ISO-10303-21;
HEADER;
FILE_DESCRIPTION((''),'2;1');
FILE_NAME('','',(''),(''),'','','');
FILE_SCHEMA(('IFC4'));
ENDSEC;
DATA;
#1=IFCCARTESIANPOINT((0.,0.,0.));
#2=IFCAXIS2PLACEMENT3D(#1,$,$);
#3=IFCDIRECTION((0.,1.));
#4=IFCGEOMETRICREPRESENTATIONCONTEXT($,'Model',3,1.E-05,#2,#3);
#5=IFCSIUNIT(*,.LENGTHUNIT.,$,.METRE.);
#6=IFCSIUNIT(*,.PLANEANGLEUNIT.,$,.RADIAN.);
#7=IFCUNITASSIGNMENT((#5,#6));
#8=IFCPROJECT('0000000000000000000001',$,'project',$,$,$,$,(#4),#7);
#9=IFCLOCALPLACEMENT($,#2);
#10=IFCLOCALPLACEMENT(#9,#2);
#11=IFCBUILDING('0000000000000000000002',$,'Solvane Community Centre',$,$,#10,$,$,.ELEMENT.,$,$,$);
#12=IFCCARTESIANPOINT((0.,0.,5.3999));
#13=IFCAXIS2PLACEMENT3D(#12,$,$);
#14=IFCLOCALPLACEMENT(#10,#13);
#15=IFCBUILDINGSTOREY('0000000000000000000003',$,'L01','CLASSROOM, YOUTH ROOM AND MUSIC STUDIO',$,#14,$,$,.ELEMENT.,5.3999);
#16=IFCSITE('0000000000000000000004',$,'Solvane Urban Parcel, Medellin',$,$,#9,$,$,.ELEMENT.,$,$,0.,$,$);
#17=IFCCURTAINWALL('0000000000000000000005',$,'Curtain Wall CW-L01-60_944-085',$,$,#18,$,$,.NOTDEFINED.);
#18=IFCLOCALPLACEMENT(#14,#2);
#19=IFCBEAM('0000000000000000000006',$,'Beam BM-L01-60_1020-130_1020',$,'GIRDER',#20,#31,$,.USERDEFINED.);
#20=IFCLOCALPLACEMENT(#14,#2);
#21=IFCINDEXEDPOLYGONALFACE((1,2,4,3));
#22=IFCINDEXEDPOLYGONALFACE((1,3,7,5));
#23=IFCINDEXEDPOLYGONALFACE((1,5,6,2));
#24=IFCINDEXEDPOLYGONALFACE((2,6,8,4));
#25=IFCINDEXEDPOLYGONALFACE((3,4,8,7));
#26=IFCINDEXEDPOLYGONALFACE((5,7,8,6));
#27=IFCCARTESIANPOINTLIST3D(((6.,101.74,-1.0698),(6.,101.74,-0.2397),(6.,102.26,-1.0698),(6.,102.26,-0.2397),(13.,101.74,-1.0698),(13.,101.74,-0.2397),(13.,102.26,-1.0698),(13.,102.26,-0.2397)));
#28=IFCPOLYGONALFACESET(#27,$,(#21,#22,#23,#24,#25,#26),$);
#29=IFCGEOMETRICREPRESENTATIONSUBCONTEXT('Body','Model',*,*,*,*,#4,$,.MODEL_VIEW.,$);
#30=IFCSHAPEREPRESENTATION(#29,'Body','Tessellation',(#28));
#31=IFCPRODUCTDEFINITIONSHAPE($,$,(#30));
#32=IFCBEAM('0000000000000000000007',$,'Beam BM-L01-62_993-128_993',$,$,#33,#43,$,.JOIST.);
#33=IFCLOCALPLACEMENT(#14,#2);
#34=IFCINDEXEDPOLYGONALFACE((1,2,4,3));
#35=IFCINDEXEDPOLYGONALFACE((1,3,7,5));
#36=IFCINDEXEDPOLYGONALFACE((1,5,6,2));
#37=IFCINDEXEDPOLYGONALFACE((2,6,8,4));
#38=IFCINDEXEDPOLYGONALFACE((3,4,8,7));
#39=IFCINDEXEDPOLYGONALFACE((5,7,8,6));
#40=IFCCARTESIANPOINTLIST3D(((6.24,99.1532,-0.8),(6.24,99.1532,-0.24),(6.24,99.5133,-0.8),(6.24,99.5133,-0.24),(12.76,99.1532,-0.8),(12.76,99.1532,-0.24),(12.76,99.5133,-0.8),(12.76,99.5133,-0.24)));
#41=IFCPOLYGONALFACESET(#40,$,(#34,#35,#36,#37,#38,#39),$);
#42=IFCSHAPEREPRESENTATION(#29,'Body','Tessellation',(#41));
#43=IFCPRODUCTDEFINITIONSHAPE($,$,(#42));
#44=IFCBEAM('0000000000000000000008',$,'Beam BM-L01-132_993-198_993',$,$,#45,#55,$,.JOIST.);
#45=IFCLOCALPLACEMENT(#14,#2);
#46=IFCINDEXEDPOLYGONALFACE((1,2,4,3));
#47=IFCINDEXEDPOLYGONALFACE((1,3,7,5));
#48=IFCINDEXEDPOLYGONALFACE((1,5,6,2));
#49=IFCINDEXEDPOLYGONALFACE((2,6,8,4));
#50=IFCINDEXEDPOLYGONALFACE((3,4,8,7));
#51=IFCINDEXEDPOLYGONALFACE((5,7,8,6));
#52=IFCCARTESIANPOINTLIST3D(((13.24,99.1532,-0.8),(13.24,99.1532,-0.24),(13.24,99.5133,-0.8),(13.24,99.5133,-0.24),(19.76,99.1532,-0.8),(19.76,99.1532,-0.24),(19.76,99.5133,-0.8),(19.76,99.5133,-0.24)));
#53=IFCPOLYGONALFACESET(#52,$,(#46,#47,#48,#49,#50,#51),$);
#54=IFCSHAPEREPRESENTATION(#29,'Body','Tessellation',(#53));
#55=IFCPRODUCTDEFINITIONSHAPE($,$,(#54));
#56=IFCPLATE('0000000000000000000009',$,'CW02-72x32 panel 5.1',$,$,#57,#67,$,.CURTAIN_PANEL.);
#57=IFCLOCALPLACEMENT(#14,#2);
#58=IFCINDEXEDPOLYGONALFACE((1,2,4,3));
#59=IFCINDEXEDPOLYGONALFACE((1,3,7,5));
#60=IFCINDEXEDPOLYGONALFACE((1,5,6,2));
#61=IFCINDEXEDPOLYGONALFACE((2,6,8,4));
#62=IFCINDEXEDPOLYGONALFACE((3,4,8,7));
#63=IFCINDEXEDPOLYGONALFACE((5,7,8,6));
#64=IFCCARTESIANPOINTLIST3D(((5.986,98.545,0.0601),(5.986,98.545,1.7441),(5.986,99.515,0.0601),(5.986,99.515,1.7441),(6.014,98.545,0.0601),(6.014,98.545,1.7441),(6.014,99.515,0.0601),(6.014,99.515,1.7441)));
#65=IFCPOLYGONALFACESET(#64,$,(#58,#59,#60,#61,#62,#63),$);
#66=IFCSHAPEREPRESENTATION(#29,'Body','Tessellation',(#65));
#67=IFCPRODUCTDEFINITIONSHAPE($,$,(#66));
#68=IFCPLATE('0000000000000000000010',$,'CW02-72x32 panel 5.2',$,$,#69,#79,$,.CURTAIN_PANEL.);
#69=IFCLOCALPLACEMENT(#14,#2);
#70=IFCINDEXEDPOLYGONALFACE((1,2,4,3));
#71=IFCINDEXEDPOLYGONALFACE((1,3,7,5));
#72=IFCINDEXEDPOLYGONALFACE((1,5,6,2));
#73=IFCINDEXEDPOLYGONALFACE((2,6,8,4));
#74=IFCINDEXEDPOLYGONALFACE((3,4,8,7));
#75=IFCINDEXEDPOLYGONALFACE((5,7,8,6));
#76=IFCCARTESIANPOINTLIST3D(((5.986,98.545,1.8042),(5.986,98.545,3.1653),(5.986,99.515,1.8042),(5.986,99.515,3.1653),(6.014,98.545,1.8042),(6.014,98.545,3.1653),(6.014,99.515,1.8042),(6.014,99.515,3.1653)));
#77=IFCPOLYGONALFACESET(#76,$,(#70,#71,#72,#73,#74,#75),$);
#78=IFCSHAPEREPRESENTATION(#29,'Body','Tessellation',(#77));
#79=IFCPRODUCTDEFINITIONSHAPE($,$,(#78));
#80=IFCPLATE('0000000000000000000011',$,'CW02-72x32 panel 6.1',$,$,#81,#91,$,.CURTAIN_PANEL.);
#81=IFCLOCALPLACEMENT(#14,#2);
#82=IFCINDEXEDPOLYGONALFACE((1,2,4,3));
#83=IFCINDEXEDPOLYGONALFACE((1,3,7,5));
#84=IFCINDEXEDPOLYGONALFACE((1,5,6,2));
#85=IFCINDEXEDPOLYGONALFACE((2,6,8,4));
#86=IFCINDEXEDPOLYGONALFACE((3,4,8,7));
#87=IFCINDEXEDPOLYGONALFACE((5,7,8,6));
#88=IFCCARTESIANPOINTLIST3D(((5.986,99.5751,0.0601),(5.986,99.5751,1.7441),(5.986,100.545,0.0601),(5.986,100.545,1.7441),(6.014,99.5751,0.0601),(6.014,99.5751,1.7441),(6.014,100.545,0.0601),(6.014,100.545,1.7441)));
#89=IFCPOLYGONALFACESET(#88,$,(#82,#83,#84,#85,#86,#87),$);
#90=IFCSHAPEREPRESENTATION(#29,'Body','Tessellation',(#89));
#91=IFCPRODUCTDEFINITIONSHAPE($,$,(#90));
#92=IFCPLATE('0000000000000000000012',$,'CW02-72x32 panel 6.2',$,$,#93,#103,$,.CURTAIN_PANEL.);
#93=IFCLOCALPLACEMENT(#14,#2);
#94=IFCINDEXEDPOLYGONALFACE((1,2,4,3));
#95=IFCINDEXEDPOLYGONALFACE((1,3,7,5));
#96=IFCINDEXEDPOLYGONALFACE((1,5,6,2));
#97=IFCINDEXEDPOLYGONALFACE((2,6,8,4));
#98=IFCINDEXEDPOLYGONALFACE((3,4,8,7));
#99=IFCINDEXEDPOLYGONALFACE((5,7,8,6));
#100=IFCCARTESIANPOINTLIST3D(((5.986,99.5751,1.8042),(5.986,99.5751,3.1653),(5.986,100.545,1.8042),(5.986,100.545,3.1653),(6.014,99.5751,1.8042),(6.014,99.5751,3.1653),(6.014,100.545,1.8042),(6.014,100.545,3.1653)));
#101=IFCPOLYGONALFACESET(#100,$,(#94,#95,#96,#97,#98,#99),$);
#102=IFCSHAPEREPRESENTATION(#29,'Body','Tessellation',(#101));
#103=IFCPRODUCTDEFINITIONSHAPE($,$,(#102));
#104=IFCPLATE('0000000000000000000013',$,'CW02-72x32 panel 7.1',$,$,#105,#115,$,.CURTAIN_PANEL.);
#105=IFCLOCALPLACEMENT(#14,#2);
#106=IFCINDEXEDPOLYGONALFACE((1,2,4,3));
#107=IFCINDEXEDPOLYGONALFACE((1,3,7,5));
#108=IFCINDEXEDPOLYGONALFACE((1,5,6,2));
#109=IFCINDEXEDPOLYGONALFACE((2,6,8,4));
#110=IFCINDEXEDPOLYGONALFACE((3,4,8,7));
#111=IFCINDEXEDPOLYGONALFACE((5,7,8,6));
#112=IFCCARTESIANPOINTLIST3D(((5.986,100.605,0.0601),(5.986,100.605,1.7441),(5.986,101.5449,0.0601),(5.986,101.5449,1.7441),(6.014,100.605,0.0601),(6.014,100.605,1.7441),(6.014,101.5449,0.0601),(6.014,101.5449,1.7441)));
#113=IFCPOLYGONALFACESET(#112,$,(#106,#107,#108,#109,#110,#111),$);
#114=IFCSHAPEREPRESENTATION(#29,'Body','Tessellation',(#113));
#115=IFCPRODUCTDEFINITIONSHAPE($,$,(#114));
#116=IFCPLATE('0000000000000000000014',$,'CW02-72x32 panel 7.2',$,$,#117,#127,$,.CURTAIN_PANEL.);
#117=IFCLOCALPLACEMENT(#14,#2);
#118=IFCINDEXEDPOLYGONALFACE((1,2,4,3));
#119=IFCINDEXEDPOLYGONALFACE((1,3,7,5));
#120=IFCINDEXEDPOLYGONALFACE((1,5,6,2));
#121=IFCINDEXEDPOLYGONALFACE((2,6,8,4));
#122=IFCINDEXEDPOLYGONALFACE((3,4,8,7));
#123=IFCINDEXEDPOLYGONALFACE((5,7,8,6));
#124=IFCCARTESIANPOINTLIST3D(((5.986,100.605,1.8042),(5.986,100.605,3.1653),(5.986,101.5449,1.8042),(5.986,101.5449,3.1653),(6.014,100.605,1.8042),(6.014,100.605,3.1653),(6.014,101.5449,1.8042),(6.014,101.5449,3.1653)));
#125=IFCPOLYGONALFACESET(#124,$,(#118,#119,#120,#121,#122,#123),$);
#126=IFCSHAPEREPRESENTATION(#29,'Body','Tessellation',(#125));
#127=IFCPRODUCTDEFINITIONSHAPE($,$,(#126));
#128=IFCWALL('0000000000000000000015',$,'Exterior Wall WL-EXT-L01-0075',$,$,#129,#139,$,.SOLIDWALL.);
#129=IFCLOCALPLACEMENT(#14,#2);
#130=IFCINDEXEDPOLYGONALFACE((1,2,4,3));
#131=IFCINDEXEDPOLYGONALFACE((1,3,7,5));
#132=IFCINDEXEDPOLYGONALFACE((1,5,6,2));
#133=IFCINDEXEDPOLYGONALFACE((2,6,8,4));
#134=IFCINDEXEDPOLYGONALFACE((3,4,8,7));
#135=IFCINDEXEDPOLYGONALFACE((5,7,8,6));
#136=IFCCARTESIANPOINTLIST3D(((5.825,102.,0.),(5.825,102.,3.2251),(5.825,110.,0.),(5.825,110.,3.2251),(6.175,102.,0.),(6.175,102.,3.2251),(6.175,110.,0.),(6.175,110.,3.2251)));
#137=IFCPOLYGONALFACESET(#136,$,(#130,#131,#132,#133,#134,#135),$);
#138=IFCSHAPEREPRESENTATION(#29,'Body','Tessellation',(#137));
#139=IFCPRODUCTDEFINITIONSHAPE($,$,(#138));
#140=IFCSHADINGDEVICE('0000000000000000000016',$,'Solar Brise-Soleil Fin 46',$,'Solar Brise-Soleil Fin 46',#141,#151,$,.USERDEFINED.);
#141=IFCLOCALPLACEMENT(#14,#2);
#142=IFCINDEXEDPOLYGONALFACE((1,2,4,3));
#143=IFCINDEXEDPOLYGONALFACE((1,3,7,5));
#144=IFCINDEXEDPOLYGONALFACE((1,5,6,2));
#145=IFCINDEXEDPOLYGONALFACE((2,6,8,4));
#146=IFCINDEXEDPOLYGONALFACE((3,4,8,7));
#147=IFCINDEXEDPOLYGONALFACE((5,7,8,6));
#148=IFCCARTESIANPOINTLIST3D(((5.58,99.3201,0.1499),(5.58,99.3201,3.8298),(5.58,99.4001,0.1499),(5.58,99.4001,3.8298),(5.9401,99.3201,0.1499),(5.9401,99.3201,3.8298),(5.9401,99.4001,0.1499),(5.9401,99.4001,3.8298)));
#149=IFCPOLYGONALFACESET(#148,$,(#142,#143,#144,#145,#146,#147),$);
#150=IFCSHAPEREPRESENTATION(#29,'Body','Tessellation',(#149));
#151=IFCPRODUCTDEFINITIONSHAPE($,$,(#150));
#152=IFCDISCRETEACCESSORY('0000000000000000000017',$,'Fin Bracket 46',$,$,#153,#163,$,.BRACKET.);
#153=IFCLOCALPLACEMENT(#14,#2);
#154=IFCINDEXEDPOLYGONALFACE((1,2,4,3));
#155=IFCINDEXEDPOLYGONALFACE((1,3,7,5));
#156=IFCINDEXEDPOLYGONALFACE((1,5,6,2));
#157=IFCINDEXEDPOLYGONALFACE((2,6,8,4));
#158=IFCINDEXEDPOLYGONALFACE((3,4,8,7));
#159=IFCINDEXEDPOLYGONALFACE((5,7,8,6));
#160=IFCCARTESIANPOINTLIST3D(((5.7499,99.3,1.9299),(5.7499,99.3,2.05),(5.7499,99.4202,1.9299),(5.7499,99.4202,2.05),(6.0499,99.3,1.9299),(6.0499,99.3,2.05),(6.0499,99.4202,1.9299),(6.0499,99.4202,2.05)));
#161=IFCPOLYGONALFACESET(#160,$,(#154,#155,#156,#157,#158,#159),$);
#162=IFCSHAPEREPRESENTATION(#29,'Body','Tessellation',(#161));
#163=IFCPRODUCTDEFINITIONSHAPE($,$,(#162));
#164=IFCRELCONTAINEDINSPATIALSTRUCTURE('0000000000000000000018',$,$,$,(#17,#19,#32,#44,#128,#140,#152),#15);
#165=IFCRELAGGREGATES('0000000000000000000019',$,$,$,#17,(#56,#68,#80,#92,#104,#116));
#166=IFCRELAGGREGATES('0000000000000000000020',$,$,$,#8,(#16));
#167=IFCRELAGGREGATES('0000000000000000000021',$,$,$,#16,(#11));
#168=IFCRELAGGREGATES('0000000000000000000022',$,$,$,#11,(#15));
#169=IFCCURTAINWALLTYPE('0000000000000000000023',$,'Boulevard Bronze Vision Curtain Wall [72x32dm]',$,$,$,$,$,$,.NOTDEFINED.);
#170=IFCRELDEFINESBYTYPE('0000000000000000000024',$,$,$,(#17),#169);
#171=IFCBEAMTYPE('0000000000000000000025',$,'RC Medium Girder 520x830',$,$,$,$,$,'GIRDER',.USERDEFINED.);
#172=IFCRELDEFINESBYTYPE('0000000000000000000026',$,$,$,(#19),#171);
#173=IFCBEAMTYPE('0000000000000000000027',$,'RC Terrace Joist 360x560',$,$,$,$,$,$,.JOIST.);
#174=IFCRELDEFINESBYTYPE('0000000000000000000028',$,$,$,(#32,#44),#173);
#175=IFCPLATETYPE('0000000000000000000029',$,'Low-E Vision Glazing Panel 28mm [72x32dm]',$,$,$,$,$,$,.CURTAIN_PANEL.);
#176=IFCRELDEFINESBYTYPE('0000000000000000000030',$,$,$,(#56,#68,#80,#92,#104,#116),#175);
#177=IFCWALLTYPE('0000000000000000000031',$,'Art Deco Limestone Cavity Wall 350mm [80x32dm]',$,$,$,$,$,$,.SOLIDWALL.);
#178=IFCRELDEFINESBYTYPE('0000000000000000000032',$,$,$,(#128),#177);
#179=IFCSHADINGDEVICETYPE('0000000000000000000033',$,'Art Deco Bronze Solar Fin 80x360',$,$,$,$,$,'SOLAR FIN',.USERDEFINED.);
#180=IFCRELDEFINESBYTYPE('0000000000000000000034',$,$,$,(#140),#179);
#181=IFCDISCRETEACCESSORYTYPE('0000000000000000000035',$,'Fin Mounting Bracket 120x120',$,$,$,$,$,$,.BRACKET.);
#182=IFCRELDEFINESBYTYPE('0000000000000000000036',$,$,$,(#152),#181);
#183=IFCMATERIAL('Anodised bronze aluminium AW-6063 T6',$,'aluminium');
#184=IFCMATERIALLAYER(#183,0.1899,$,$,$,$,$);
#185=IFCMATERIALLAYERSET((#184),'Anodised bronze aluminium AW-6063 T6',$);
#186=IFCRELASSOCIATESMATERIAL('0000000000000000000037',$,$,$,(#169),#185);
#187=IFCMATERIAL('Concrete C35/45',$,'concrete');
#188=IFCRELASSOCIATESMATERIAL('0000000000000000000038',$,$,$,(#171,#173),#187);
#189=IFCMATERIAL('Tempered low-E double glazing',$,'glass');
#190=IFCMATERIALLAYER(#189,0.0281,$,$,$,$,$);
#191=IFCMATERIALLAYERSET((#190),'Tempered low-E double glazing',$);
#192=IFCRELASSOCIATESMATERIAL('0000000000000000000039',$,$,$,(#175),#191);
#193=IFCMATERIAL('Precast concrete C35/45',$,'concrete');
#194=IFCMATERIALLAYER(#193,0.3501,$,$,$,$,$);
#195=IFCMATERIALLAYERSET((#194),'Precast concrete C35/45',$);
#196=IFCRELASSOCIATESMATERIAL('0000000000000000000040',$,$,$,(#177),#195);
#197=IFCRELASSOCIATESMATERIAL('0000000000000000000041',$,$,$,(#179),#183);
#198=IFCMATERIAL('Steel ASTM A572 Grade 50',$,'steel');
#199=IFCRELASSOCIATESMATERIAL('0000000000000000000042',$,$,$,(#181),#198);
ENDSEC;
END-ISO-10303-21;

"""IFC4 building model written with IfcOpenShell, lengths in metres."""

from ifc_helpers import new_model, si_unit, direction, frame, frame_2d, origin, origin_2d, place, context, subcontext, project, spatial, rectangle, extrude, material, layer, layer_set, material_profile, profile_set, type_object, element, aggregate, save


model = new_model("IFC4")

# Units and contexts
model_context = context("Model", 3, precision=1e-05, world=origin(), true_north=direction((0.0, 1.0)))
body_context = subcontext(model_context, "Body", "Model", "MODEL_VIEW")
ifc_project = project(units=[si_unit("LENGTHUNIT", "METRE"), si_unit("PLANEANGLEUNIT", "RADIAN")], contexts=[model_context])

# Site, building, storey
site_placement = place(None, origin())
site = spatial("IfcSite", under=ifc_project, at=site_placement, Name="Solvane Urban Parcel, Medellin", CompositionType="ELEMENT", RefElevation=0.0)
building_placement = place(site_placement, origin())
building = spatial("IfcBuilding", under=site, at=building_placement, Name="Solvane Community Centre", CompositionType="ELEMENT")
storey_placement = place(building_placement, frame((0.0, 0.0, 5.3999)))
storey = spatial("IfcBuildingStorey", under=building, at=storey_placement, Name="L01", Description="CLASSROOM, YOUTH ROOM AND MUSIC STUDIO", CompositionType="ELEMENT", Elevation=5.3999)

# Shared definitions
ifc_material_1 = material(Name="Precast concrete C35/45", Category="concrete")

# Curtain wall
ifc_material_2 = material(Name="Anodised bronze aluminium AW-6063 T6", Category="aluminium")
ifc_layer_1 = layer(ifc_material_2, 0.1899)
ifc_layer_set_1 = layer_set([ifc_layer_1], Name="Anodised bronze aluminium AW-6063 T6")
curtain_wall_type = type_object("IfcCurtainWallType", Name="Boulevard Bronze Vision Curtain Wall [72x32dm]", PredefinedType="NOTDEFINED", material=ifc_layer_set_1)
curtain_wall_placement = place(storey_placement, origin())
curtain_wall = element("IfcCurtainWall", 1, at=curtain_wall_placement, inside=storey, type_object=curtain_wall_type, Name="Curtain Wall CW-L01-60_944-085", PredefinedType="NOTDEFINED")

# Beams
ifc_material_3 = material(Name="Concrete C35/45", Category="concrete")
ifc_material_profile_1 = material_profile(ifc_material_3, rectangle(XDim=0.52, YDim=0.8301, at=origin_2d()), Name="RC 520x830")
ifc_profile_set_1 = profile_set([ifc_material_profile_1], Name="Concrete C35/45")
beam_type_1 = type_object("IfcBeamType", Name="RC Medium Girder 520x830", ElementType="GIRDER", PredefinedType="USERDEFINED", material=ifc_profile_set_1)
beam_1_placement = place(storey_placement, frame((6.0, 102.0, -0.6548), z_axis=(1.0, 0.0, 0.0), x_axis=(0.0, 1.0, 0.0)))
element("IfcBeam", 2, at=beam_1_placement, inside=storey, type_object=beam_type_1, Name="Beam BM-L01-60_1020-130_1020", ObjectType="GIRDER", PredefinedType="USERDEFINED", context=body_context, shape_type="SweptSolid", body=[
    extrude(rectangle(XDim=0.52, YDim=0.8301, at=origin_2d()), origin(), (0.0, 0.0, 1.0), 7.0),
])
ifc_material_profile_2 = material_profile(ifc_material_3, rectangle(XDim=0.3601, YDim=0.5601, at=origin_2d()), Name="RC 360x560")
ifc_profile_set_2 = profile_set([ifc_material_profile_2], Name="Concrete C35/45")
beam_type_2 = type_object("IfcBeamType", Name="RC Terrace Joist 360x560", PredefinedType="JOIST", material=ifc_profile_set_2)
for number, where, z_axis, x_axis, name in (
    (3, (6.24, 99.3333, -0.52), (1.0, 0.0, 0.0), (0.0, 1.0, 0.0), "Beam BM-L01-62_993-128_993"),
    (4, (13.24, 99.3333, -0.52), (1.0, 0.0, 0.0), (0.0, 1.0, 0.0), "Beam BM-L01-132_993-198_993"),
):
    element("IfcBeam", number, at=place(storey_placement, frame(where, z_axis=z_axis, x_axis=x_axis)), inside=storey, type_object=beam_type_2, Name=name, PredefinedType="JOIST", context=body_context, shape_type="SweptSolid", body=[
        extrude(rectangle(XDim=0.3601, YDim=0.5601, at=origin_2d()), origin(), (0.0, 0.0, 1.0), 6.52),
    ])

# Plates
ifc_material_4 = material(Name="Tempered low-E double glazing", Category="glass")
ifc_layer_2 = layer(ifc_material_4, 0.0281)
ifc_layer_set_2 = layer_set([ifc_layer_2], Name="Tempered low-E double glazing")
plate_type = type_object("IfcPlateType", Name="Low-E Vision Glazing Panel 28mm [72x32dm]", PredefinedType="CURTAIN_PANEL", material=ifc_layer_set_2)
plate_1_placement = place(storey_placement, frame((6.0, 99.03, 0.0601), z_axis=(0.0, 0.0, 1.0), x_axis=(0.0, 1.0, 0.0)))
plate_1 = element("IfcPlate", 5, at=plate_1_placement, type_object=plate_type, Name="CW02-72x32 panel 5.1", PredefinedType="CURTAIN_PANEL", context=body_context, shape_type="SweptSolid", body=[
    extrude(rectangle(XDim=0.97, YDim=0.0281, at=origin_2d()), origin(), (0.0, 0.0, 1.0), 1.6841),
])
plate_2_placement = place(storey_placement, frame((6.0, 99.03, 1.8042), z_axis=(0.0, 0.0, 1.0), x_axis=(0.0, 1.0, 0.0)))
plate_2 = element("IfcPlate", 6, at=plate_2_placement, type_object=plate_type, Name="CW02-72x32 panel 5.2", PredefinedType="CURTAIN_PANEL", context=body_context, shape_type="SweptSolid", body=[
    extrude(rectangle(XDim=0.97, YDim=0.0281, at=origin_2d()), origin(), (0.0, 0.0, 1.0), 1.3611),
])
plate_3_placement = place(storey_placement, frame((6.0, 100.0601, 0.0601), z_axis=(0.0, 0.0, 1.0), x_axis=(0.0, 1.0, 0.0)))
plate_3 = element("IfcPlate", 7, at=plate_3_placement, type_object=plate_type, Name="CW02-72x32 panel 6.1", PredefinedType="CURTAIN_PANEL", context=body_context, shape_type="SweptSolid", body=[
    extrude(rectangle(XDim=0.97, YDim=0.0281, at=origin_2d()), origin(), (0.0, 0.0, 1.0), 1.6841),
])
plate_4_placement = place(storey_placement, frame((6.0, 100.0601, 1.8042), z_axis=(0.0, 0.0, 1.0), x_axis=(0.0, 1.0, 0.0)))
plate_4 = element("IfcPlate", 8, at=plate_4_placement, type_object=plate_type, Name="CW02-72x32 panel 6.2", PredefinedType="CURTAIN_PANEL", context=body_context, shape_type="SweptSolid", body=[
    extrude(rectangle(XDim=0.97, YDim=0.0281, at=origin_2d()), origin(), (0.0, 0.0, 1.0), 1.3611),
])
plate_5_placement = place(storey_placement, frame((6.0, 101.075, 0.0601), z_axis=(0.0, 0.0, 1.0), x_axis=(0.0, 1.0, 0.0)))
plate_5 = element("IfcPlate", 9, at=plate_5_placement, type_object=plate_type, Name="CW02-72x32 panel 7.1", PredefinedType="CURTAIN_PANEL", context=body_context, shape_type="SweptSolid", body=[
    extrude(rectangle(XDim=0.9399, YDim=0.0281, at=origin_2d()), origin(), (0.0, 0.0, 1.0), 1.6841),
])
plate_6_placement = place(storey_placement, frame((6.0, 101.075, 1.8042), z_axis=(0.0, 0.0, 1.0), x_axis=(0.0, 1.0, 0.0)))
plate_6 = element("IfcPlate", 10, at=plate_6_placement, type_object=plate_type, Name="CW02-72x32 panel 7.2", PredefinedType="CURTAIN_PANEL", context=body_context, shape_type="SweptSolid", body=[
    extrude(rectangle(XDim=0.9399, YDim=0.0281, at=origin_2d()), origin(), (0.0, 0.0, 1.0), 1.3611),
])
aggregate(curtain_wall, [plate_1, plate_2, plate_3, plate_4, plate_5, plate_6])

# Wall
ifc_layer_3 = layer(ifc_material_1, 0.3501)
ifc_layer_set_3 = layer_set([ifc_layer_3], Name="Precast concrete C35/45")
wall_type = type_object("IfcWallType", Name="Art Deco Limestone Cavity Wall 350mm [80x32dm]", PredefinedType="SOLIDWALL", material=ifc_layer_set_3)
wall_placement = place(storey_placement, frame((6.0, 102.0, 0.0), z_axis=(0.0, 0.0, 1.0), x_axis=(0.0, 1.0, 0.0)))
element("IfcWall", 11, at=wall_placement, inside=storey, type_object=wall_type, Name="Exterior Wall WL-EXT-L01-0075", PredefinedType="SOLIDWALL", context=body_context, shape_type="SweptSolid", body=[
    extrude(rectangle(XDim=8.0, YDim=0.3501, at=frame_2d((4.0, 0.0))), origin(), (0.0, 0.0, 1.0), 3.2251),
])

# Shading device
shading_device_type = type_object("IfcShadingDeviceType", Name="Art Deco Bronze Solar Fin 80x360", ElementType="SOLAR FIN", PredefinedType="USERDEFINED", material=ifc_material_2)
shading_device_placement = place(storey_placement, frame((5.76, 99.3601, 0.1499), z_axis=(0.0, 0.0, 1.0), x_axis=(0.0, 1.0, 0.0)))
element("IfcShadingDevice", 12, at=shading_device_placement, inside=storey, type_object=shading_device_type, Name="Solar Brise-Soleil Fin 46", ObjectType="Solar Brise-Soleil Fin 46", PredefinedType="USERDEFINED", context=body_context, shape_type="SweptSolid", body=[
    extrude(rectangle(XDim=0.0801, YDim=0.3601, at=origin_2d()), origin(), (0.0, 0.0, 1.0), 3.6799),
])

# Discrete accessory
ifc_material_5 = material(Name="Steel ASTM A572 Grade 50", Category="steel")
discrete_accessory_type = type_object("IfcDiscreteAccessoryType", Name="Fin Mounting Bracket 120x120", PredefinedType="BRACKET", material=ifc_material_5)
discrete_accessory_placement = place(storey_placement, frame((5.8999, 99.3601, 1.9299), z_axis=(0.0, 0.0, 1.0), x_axis=(0.0, 1.0, 0.0)))
element("IfcDiscreteAccessory", 13, at=discrete_accessory_placement, inside=storey, type_object=discrete_accessory_type, Name="Fin Bracket 46", PredefinedType="BRACKET", context=body_context, shape_type="SweptSolid", body=[
    extrude(rectangle(XDim=0.1201, YDim=0.3, at=origin_2d()), origin(), (0.0, 0.0, 1.0), 0.1201),
])

save(model, "model.ifc")
